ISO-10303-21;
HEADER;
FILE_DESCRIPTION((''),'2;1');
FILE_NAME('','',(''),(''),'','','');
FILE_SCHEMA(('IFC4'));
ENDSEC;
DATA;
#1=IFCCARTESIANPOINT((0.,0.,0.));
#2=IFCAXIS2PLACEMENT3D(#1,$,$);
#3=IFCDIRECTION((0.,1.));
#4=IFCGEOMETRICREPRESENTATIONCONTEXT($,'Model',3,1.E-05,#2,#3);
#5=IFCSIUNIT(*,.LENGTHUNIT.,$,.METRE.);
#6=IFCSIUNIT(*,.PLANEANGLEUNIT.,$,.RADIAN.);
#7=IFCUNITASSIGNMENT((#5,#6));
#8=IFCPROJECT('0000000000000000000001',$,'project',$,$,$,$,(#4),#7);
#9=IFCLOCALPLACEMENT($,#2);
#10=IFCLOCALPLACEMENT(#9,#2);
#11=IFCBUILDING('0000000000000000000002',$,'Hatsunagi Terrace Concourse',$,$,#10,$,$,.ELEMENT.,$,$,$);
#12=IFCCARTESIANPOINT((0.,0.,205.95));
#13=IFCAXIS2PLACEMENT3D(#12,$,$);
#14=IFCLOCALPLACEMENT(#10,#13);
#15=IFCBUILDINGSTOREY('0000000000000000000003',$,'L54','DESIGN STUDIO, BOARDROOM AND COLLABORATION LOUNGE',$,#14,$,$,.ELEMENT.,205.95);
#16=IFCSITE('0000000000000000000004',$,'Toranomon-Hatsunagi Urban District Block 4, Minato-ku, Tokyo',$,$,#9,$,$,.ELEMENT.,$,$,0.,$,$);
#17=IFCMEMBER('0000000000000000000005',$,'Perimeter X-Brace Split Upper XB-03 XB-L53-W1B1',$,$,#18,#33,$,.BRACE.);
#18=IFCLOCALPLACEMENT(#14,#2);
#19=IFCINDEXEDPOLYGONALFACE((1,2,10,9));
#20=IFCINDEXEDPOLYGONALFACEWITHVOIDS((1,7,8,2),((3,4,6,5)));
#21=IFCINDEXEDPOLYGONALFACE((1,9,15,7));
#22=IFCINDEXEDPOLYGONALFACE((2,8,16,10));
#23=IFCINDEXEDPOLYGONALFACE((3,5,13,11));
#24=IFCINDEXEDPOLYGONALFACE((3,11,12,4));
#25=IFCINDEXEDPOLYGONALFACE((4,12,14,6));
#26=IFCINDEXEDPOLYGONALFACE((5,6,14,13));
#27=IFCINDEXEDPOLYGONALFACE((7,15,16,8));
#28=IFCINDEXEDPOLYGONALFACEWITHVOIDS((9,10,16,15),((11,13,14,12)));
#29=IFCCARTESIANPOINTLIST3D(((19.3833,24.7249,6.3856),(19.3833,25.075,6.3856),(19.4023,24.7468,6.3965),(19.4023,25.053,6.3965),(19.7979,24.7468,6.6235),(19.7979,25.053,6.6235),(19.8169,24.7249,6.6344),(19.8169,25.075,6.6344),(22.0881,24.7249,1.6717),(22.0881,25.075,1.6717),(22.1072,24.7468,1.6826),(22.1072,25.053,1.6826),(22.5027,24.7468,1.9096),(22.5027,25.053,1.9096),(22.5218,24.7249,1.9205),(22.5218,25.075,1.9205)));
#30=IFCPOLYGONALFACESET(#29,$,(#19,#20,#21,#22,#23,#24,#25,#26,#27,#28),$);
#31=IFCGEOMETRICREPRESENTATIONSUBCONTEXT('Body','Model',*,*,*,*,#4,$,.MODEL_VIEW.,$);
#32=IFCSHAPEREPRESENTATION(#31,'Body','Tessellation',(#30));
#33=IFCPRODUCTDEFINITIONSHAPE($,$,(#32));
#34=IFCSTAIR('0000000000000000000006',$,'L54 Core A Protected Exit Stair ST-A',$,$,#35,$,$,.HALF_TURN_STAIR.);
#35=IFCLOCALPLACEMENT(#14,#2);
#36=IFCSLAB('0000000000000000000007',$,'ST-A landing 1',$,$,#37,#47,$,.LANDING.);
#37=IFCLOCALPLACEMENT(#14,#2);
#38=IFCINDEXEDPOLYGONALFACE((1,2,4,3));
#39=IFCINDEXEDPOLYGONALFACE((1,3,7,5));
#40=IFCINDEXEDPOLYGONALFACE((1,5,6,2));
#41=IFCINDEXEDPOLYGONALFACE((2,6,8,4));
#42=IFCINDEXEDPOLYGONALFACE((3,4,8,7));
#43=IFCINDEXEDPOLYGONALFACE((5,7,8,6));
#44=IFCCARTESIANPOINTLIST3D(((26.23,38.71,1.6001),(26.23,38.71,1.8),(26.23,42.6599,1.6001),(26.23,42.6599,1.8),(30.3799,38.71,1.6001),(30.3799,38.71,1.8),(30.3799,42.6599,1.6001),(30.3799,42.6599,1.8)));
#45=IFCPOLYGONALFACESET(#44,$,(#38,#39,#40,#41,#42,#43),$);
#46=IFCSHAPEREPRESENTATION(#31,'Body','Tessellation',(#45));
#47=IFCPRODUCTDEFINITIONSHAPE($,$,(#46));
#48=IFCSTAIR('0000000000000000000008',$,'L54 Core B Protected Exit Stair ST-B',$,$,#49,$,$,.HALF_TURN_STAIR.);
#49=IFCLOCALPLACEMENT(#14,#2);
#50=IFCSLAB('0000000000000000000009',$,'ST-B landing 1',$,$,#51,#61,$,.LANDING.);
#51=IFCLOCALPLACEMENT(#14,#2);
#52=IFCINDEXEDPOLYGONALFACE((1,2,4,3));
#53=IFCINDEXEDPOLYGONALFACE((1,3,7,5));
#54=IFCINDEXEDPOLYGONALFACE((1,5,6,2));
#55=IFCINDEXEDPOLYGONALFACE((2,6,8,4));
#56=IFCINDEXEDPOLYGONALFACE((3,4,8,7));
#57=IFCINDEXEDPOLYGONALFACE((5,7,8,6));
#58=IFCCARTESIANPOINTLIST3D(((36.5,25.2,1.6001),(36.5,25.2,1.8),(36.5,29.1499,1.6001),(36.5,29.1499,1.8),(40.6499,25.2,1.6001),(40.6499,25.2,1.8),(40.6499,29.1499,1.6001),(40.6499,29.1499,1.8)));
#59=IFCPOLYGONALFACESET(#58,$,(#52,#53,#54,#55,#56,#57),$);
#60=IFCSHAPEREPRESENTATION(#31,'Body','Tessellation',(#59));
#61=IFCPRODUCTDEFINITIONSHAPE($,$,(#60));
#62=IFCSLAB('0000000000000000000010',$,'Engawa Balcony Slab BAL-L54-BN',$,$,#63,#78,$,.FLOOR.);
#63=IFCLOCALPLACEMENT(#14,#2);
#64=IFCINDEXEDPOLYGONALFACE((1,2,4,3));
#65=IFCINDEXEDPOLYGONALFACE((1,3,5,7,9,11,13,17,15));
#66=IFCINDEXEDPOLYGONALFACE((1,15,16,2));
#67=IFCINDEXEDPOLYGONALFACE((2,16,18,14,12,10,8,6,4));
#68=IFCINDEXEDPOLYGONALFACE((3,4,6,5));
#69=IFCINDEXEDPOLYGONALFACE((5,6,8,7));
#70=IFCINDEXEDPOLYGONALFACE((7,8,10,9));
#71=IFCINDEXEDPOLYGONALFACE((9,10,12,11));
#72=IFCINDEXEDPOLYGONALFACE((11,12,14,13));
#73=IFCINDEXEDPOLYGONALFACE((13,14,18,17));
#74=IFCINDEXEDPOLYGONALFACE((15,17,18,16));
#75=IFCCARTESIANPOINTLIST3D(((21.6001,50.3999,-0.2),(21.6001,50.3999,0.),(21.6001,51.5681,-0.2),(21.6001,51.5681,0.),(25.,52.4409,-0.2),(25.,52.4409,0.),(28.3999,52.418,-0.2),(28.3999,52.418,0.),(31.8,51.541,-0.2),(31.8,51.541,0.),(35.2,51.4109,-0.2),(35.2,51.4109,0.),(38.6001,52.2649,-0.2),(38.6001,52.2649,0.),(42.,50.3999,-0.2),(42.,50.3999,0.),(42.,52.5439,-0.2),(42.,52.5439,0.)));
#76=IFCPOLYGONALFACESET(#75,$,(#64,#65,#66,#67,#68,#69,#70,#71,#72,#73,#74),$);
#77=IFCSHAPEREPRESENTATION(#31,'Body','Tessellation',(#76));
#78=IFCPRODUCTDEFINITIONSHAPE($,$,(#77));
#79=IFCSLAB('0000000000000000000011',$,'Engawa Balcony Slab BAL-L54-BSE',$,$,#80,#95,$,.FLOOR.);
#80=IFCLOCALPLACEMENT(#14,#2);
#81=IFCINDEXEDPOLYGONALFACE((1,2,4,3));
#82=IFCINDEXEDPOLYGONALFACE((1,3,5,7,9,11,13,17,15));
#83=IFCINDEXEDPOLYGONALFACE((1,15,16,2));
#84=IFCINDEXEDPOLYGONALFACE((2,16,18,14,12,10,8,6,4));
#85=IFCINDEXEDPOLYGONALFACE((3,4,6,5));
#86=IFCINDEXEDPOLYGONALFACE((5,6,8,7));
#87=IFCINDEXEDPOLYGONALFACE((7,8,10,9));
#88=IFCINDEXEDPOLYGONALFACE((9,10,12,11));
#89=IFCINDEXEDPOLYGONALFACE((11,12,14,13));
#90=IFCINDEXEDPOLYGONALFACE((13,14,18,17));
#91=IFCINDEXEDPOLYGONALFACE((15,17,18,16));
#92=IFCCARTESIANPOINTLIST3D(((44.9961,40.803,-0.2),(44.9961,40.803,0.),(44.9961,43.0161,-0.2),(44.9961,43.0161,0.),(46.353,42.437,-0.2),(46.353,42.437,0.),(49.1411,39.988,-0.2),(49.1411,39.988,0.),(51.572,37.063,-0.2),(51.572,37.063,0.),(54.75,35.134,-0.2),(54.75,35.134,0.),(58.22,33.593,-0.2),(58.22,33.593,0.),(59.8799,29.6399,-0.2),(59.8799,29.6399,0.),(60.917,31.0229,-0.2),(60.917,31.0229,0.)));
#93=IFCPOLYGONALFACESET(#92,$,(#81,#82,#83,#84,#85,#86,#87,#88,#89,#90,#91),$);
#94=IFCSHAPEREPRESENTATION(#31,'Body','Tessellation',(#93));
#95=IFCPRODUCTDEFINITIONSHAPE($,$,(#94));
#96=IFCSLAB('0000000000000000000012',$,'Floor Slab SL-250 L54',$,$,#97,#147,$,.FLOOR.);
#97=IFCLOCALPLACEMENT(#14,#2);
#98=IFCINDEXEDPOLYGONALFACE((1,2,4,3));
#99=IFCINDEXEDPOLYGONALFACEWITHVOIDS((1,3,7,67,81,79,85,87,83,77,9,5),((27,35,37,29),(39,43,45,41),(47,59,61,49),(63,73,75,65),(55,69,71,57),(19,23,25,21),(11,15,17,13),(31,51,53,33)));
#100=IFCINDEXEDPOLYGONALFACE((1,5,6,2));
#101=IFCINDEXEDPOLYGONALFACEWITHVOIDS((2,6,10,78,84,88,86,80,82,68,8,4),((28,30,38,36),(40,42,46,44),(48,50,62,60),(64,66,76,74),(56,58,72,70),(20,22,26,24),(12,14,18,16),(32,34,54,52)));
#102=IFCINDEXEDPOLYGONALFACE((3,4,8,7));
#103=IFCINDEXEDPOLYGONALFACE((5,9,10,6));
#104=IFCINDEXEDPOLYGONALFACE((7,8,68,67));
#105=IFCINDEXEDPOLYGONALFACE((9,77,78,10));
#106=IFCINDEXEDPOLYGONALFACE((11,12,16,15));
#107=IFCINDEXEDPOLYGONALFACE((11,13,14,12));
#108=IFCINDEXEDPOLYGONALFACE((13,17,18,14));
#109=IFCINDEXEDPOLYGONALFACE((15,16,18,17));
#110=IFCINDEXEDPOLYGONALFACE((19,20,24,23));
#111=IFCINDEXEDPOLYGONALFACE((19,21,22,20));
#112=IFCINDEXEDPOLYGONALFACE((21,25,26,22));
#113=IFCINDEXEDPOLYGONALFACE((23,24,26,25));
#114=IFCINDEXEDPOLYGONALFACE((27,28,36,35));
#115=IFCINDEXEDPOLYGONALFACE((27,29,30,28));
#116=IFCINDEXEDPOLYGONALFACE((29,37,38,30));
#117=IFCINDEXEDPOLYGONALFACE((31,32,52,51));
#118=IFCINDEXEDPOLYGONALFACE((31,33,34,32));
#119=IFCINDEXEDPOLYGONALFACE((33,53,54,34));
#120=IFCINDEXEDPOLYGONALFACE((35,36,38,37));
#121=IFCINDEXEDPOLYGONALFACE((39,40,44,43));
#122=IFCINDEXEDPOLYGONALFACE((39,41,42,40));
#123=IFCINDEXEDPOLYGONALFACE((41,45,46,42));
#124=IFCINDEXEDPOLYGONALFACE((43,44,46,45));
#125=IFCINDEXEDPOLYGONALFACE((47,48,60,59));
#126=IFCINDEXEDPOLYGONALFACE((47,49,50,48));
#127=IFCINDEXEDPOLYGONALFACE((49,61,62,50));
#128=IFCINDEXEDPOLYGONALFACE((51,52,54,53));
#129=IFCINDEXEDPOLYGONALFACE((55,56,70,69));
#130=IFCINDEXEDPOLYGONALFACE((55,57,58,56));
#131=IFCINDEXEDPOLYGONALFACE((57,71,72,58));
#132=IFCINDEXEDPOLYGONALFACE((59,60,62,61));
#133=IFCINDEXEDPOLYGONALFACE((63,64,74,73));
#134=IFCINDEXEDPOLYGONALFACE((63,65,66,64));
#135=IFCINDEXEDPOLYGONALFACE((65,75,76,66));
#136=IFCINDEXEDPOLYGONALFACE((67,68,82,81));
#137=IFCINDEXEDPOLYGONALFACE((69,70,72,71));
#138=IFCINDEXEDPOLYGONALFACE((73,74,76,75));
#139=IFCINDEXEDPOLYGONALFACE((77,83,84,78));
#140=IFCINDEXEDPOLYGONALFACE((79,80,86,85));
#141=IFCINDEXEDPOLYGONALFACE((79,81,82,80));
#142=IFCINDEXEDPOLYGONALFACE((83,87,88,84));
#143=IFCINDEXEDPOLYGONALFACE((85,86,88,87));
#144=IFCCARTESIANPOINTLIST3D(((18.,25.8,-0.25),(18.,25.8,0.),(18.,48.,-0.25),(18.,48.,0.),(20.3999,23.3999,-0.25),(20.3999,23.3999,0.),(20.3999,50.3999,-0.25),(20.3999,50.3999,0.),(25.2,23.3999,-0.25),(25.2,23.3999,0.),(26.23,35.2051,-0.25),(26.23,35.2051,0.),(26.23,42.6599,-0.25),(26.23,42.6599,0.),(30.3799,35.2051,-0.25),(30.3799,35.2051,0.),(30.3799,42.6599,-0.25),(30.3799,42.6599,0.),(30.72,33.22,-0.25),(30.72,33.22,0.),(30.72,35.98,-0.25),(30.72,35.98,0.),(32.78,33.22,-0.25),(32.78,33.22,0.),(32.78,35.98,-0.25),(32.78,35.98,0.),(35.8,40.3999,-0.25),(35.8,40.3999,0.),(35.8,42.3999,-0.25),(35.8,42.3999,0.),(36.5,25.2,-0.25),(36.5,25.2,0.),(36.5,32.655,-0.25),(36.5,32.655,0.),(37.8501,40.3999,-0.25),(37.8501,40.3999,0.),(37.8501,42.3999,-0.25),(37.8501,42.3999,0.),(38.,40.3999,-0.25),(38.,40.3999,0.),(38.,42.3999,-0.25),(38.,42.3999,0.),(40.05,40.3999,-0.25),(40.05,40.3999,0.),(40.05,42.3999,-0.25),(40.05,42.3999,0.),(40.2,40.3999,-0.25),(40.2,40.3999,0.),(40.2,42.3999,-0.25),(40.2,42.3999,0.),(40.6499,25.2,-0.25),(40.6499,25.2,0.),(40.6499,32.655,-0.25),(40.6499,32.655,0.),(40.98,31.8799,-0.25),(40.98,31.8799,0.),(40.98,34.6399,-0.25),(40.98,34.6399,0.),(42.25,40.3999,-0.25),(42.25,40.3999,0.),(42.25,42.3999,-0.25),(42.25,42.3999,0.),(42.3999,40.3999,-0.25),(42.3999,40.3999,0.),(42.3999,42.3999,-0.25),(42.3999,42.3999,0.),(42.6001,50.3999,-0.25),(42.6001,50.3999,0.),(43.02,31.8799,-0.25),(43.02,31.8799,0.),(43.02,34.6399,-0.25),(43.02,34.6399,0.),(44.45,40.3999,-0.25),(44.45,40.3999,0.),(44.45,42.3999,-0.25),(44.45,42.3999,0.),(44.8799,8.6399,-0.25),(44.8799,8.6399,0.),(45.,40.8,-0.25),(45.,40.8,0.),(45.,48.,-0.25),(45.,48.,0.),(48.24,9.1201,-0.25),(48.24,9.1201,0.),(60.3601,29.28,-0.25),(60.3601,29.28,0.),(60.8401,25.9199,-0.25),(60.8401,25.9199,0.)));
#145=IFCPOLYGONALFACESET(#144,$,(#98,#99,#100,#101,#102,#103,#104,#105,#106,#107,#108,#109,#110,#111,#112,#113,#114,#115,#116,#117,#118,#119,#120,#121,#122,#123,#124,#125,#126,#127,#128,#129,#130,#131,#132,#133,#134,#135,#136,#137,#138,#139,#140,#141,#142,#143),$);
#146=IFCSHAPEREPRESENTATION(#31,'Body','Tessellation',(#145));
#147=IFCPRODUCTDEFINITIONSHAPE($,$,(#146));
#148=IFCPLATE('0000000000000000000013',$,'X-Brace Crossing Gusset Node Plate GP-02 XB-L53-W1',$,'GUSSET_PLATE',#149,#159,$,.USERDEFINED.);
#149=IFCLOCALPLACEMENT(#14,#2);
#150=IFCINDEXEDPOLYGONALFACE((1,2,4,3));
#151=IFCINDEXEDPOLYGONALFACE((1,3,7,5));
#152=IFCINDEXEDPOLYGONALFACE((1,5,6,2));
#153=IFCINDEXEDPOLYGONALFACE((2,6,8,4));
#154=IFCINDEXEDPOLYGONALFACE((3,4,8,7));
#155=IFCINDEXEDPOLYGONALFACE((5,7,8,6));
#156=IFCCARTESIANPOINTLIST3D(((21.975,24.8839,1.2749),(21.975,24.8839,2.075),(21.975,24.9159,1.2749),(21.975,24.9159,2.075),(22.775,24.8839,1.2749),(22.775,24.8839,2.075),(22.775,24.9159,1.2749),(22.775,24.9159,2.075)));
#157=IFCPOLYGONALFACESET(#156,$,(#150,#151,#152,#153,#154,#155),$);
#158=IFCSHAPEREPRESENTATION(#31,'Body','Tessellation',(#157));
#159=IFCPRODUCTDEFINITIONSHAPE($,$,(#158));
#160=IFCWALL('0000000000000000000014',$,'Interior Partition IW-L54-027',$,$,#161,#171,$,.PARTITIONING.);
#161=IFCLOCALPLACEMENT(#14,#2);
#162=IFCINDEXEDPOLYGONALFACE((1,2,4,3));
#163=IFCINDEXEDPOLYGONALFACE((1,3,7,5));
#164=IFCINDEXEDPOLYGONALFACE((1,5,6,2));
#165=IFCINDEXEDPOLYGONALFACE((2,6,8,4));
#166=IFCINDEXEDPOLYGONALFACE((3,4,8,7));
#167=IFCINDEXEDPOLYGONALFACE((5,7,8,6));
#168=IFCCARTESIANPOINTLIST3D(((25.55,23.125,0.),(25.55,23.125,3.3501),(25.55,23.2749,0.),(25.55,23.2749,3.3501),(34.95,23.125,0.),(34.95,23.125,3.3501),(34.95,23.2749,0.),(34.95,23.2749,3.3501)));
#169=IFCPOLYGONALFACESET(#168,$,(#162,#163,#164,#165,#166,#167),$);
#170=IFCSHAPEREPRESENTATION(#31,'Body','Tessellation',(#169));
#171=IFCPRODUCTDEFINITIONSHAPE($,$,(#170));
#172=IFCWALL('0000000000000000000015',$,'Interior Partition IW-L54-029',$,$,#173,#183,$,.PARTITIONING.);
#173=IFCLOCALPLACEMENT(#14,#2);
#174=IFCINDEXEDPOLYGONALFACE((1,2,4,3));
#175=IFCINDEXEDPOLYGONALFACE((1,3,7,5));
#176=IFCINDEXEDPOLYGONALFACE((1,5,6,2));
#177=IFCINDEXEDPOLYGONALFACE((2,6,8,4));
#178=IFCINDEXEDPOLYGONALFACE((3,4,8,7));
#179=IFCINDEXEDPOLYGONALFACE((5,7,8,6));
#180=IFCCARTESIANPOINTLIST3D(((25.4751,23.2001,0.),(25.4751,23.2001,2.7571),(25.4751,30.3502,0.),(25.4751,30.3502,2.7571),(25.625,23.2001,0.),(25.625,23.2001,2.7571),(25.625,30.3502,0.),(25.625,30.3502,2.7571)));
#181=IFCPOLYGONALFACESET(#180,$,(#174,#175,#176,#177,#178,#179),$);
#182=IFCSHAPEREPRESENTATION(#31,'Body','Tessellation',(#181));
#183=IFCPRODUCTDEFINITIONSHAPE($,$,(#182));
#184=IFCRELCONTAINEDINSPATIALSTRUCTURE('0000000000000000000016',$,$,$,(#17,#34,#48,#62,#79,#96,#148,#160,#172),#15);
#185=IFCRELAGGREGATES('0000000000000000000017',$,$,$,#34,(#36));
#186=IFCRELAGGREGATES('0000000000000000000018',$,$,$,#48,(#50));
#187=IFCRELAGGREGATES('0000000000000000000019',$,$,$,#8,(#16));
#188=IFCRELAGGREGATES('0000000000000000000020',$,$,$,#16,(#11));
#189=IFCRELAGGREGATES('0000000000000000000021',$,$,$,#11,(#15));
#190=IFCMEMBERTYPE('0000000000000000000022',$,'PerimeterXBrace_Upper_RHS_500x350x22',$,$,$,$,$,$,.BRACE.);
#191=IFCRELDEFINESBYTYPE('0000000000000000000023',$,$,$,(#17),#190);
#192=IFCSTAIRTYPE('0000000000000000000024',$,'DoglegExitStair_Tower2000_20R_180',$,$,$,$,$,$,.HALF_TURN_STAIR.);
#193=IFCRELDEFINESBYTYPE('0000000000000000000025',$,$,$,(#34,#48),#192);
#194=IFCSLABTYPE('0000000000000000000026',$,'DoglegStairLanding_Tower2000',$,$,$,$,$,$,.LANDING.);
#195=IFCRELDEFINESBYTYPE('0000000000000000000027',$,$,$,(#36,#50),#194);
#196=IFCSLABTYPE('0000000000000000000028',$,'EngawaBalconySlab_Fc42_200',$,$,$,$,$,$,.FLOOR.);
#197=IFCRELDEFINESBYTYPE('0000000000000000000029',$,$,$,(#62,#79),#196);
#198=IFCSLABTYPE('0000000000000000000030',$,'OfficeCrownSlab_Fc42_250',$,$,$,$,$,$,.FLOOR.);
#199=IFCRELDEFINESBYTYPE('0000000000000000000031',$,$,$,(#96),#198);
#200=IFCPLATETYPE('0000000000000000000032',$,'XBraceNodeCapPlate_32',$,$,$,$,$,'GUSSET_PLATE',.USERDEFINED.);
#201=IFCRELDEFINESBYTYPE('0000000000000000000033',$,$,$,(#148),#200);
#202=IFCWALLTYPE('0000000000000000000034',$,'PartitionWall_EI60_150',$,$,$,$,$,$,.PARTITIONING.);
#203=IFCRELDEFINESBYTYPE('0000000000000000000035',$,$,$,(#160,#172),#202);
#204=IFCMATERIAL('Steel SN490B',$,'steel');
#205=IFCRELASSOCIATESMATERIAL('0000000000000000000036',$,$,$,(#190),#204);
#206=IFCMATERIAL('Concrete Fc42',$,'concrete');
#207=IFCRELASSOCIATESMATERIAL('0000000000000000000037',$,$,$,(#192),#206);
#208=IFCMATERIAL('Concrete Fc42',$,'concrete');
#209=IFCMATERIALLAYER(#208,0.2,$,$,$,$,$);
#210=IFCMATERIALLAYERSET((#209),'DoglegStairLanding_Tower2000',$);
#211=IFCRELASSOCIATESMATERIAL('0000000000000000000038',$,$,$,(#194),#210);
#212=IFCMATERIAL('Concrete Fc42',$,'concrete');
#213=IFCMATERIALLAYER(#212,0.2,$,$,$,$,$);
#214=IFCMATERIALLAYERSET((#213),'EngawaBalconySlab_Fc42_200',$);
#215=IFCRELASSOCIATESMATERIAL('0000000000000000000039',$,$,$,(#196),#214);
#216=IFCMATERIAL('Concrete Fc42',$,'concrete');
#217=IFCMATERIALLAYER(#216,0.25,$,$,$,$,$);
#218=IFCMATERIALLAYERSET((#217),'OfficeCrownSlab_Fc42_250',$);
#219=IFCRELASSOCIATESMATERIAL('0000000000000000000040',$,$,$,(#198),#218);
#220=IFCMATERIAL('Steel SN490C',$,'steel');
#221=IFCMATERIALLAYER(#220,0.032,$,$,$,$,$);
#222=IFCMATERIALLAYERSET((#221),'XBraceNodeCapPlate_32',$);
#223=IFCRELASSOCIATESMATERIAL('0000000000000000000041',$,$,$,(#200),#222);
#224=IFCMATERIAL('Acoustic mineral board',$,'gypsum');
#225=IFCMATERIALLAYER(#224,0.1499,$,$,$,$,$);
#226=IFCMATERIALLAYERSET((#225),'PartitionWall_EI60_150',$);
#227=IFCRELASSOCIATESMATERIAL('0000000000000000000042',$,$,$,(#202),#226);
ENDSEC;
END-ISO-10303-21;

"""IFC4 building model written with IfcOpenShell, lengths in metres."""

from ifc_helpers import new_model, si_unit, direction, frame, frame_2d, origin, origin_2d, place, context, subcontext, project, spatial, polyline, rectangle, hollow_rectangle, outline, extrude, material, layer, layer_set, material_profile, profile_set, type_object, element, aggregate, save


model = new_model("IFC4")

# Units and contexts
model_context = context("Model", 3, precision=1e-05, world=origin(), true_north=direction((0.0, 1.0)))
body_context = subcontext(model_context, "Body", "Model", "MODEL_VIEW")
ifc_project = project(units=[si_unit("LENGTHUNIT", "METRE"), si_unit("PLANEANGLEUNIT", "RADIAN")], contexts=[model_context])

# Site, building, storey
site_placement = place(None, origin())
site = spatial("IfcSite", under=ifc_project, at=site_placement, Name="Toranomon-Hatsunagi Urban District Block 4, Minato-ku, Tokyo", CompositionType="ELEMENT", RefElevation=0.0)
building_placement = place(site_placement, origin())
building = spatial("IfcBuilding", under=site, at=building_placement, Name="Hatsunagi Terrace Concourse", CompositionType="ELEMENT")
storey_placement = place(building_placement, frame((0.0, 0.0, 205.95)))
storey = spatial("IfcBuildingStorey", under=building, at=storey_placement, Name="L54", Description="DESIGN STUDIO, BOARDROOM AND COLLABORATION LOUNGE", CompositionType="ELEMENT", Elevation=205.95)

# Member
ifc_material_1 = material(Name="Steel SN490B", Category="steel")
ifc_material_profile_1 = material_profile(ifc_material_1, hollow_rectangle(XDim=0.3501, YDim=0.5, WallThickness=0.022, at=origin_2d()), Name="RHS-500x350x22")
ifc_profile_set_1 = profile_set([ifc_material_profile_1], Name="Steel SN490B")
member_type = type_object("IfcMemberType", Name="PerimeterXBrace_Upper_RHS_500x350x22", PredefinedType="BRACE", material=ifc_profile_set_1)
member_placement = place(storey_placement, frame((19.6001, 24.8999, 6.51), z_axis=(0.497691, 0.0, -0.867354), x_axis=(0.0, 1.0, 0.0)))
element("IfcMember", 1, at=member_placement, inside=storey, type_object=member_type, Name="Perimeter X-Brace Split Upper XB-03 XB-L53-W1B1", PredefinedType="BRACE", context=body_context, shape_type="SweptSolid", body=[
    extrude(hollow_rectangle(XDim=0.3501, YDim=0.5, WallThickness=0.022, at=origin_2d()), origin(), (0.0, 0.0, 1.0), 5.4348),
])

# Stairs, slabs
ifc_material_2 = material(Name="Concrete Fc42", Category="concrete")
stair_type = type_object("IfcStairType", Name="DoglegExitStair_Tower2000_20R_180", PredefinedType="HALF_TURN_STAIR", material=ifc_material_2)
stair_1_placement = place(storey_placement, origin())
stair_1 = element("IfcStair", 2, at=stair_1_placement, inside=storey, type_object=stair_type, Name="L54 Core A Protected Exit Stair ST-A", PredefinedType="HALF_TURN_STAIR")
ifc_material_3 = material(Name="Concrete Fc42", Category="concrete")
ifc_layer_1 = layer(ifc_material_3, 0.2)
ifc_layer_set_1 = layer_set([ifc_layer_1], Name="DoglegStairLanding_Tower2000")
slab_type_1 = type_object("IfcSlabType", Name="DoglegStairLanding_Tower2000", PredefinedType="LANDING", material=ifc_layer_set_1)
slab_1_placement = place(storey_placement, frame((0.0, 0.0, 1.6001)))
slab_1 = element("IfcSlab", 3, at=slab_1_placement, type_object=slab_type_1, Name="ST-A landing 1", PredefinedType="LANDING", context=body_context, shape_type="SweptSolid", body=[
    extrude(outline(polyline([(30.3799, 38.71), (30.3799, 42.6599), (26.23, 42.6599), (26.23, 38.71), (30.3799, 38.71)])), origin(), (0.0, 0.0, 1.0), 0.2),
])
aggregate(stair_1, [slab_1])
stair_2_placement = place(storey_placement, origin())
stair_2 = element("IfcStair", 4, at=stair_2_placement, inside=storey, type_object=stair_type, Name="L54 Core B Protected Exit Stair ST-B", PredefinedType="HALF_TURN_STAIR")
slab_2_placement = place(storey_placement, frame((0.0, 0.0, 1.6001)))
slab_2 = element("IfcSlab", 5, at=slab_2_placement, type_object=slab_type_1, Name="ST-B landing 1", PredefinedType="LANDING", context=body_context, shape_type="SweptSolid", body=[
    extrude(outline(polyline([(36.5, 29.1499), (36.5, 25.2), (40.6499, 25.2), (40.6499, 29.1499), (36.5, 29.1499)])), origin(), (0.0, 0.0, 1.0), 0.2),
])
aggregate(stair_2, [slab_2])

# Slabs
ifc_material_4 = material(Name="Concrete Fc42", Category="concrete")
ifc_layer_2 = layer(ifc_material_4, 0.2)
ifc_layer_set_2 = layer_set([ifc_layer_2], Name="EngawaBalconySlab_Fc42_200")
slab_type_2 = type_object("IfcSlabType", Name="EngawaBalconySlab_Fc42_200", PredefinedType="FLOOR", material=ifc_layer_set_2)
slab_3_placement = place(storey_placement, frame((0.0, 0.0, -0.2)))
element("IfcSlab", 6, at=slab_3_placement, inside=storey, type_object=slab_type_2, Name="Engawa Balcony Slab BAL-L54-BN", PredefinedType="FLOOR", context=body_context, shape_type="SweptSolid", body=[
    extrude(outline(polyline([(21.6001, 51.5681), (21.6001, 50.3999), (42.0, 50.3999), (42.0, 52.5439), (38.6001, 52.2649), (35.2, 51.4109), (31.8, 51.541), (28.3999, 52.418), (25.0, 52.4409), (21.6001, 51.5681)])), origin(), (0.0, 0.0, 1.0), 0.2),
])
slab_4_placement = place(storey_placement, frame((0.0, 0.0, -0.2)))
element("IfcSlab", 7, at=slab_4_placement, inside=storey, type_object=slab_type_2, Name="Engawa Balcony Slab BAL-L54-BSE", PredefinedType="FLOOR", context=body_context, shape_type="SweptSolid", body=[
    extrude(outline(polyline([(46.353, 42.437), (44.9961, 43.0161), (44.9961, 40.803), (59.8799, 29.6399), (60.917, 31.0229), (58.22, 33.593), (54.75, 35.134), (51.572, 37.063), (49.1411, 39.988), (46.353, 42.437)])), origin(), (0.0, 0.0, 1.0), 0.2),
])
ifc_material_5 = material(Name="Concrete Fc42", Category="concrete")
ifc_layer_3 = layer(ifc_material_5, 0.25)
ifc_layer_set_3 = layer_set([ifc_layer_3], Name="OfficeCrownSlab_Fc42_250")
slab_type_3 = type_object("IfcSlabType", Name="OfficeCrownSlab_Fc42_250", PredefinedType="FLOOR", material=ifc_layer_set_3)
slab_5_placement = place(storey_placement, frame((0.0, 0.0, -0.25)))
element("IfcSlab", 8, at=slab_5_placement, inside=storey, type_object=slab_type_3, Name="Floor Slab SL-250 L54", PredefinedType="FLOOR", context=body_context, shape_type="SweptSolid", body=[
    extrude(outline(polyline([(45.0, 40.8), (45.0, 48.0), (42.6001, 50.3999), (20.3999, 50.3999), (18.0, 48.0), (18.0, 25.8), (20.3999, 23.3999), (25.2, 23.3999), (44.8799, 8.6399), (48.24, 9.1201), (60.8401, 25.9199), (60.3601, 29.28), (45.0, 40.8)]), holes=[polyline([(26.23, 35.2051), (30.3799, 35.2051), (30.3799, 42.6599), (26.23, 42.6599), (26.23, 35.2051)]), polyline([(36.5, 25.2), (40.6499, 25.2), (40.6499, 32.655), (36.5, 32.655), (36.5, 25.2)]), polyline([(30.72, 33.22), (32.78, 33.22), (32.78, 35.98), (30.72, 35.98), (30.72, 33.22)]), polyline([(40.98, 31.8799), (43.02, 31.8799), (43.02, 34.6399), (40.98, 34.6399), (40.98, 31.8799)]), polyline([(35.8, 40.3999), (37.8501, 40.3999), (37.8501, 42.3999), (35.8, 42.3999), (35.8, 40.3999)]), polyline([(38.0, 40.3999), (40.05, 40.3999), (40.05, 42.3999), (38.0, 42.3999), (38.0, 40.3999)]), polyline([(40.2, 40.3999), (42.25, 40.3999), (42.25, 42.3999), (40.2, 42.3999), (40.2, 40.3999)]), polyline([(42.3999, 40.3999), (44.45, 40.3999), (44.45, 42.3999), (42.3999, 42.3999), (42.3999, 40.3999)])]), origin(), (0.0, 0.0, 1.0), 0.25),
])

# Plate
ifc_material_6 = material(Name="Steel SN490C", Category="steel")
ifc_layer_4 = layer(ifc_material_6, 0.032)
ifc_layer_set_4 = layer_set([ifc_layer_4], Name="XBraceNodeCapPlate_32")
plate_type = type_object("IfcPlateType", Name="XBraceNodeCapPlate_32", ElementType="GUSSET_PLATE", PredefinedType="USERDEFINED", material=ifc_layer_set_4)
plate_placement = place(storey_placement, frame((22.375, 24.8999, 1.2749), z_axis=(0.0, 0.0, 1.0), x_axis=(1.0, 0.0, 0.0)))
element("IfcPlate", 9, at=plate_placement, inside=storey, type_object=plate_type, Name="X-Brace Crossing Gusset Node Plate GP-02 XB-L53-W1", ObjectType="GUSSET_PLATE", PredefinedType="USERDEFINED", context=body_context, shape_type="SweptSolid", body=[
    extrude(rectangle(XDim=0.8, YDim=0.032, at=origin_2d()), origin(), (0.0, 0.0, 1.0), 0.8),
])

# Walls
ifc_material_7 = material(Name="Acoustic mineral board", Category="gypsum")
ifc_layer_5 = layer(ifc_material_7, 0.1499)
ifc_layer_set_5 = layer_set([ifc_layer_5], Name="PartitionWall_EI60_150")
wall_type_1 = type_object("IfcWallType", Name="PartitionWall_EI60_150", PredefinedType="PARTITIONING", material=ifc_layer_set_5)
wall_1_placement = place(storey_placement, frame((25.55, 23.2, 0.0), z_axis=(0.0, 0.0, 1.0), x_axis=(1.0, 0.0, 0.0)))
element("IfcWall", 10, at=wall_1_placement, inside=storey, type_object=wall_type_1, Name="Interior Partition IW-L54-027", PredefinedType="PARTITIONING", context=body_context, shape_type="SweptSolid", body=[
    extrude(rectangle(XDim=9.3999, YDim=0.1499, at=frame_2d((4.7, 0.0))), origin(), (0.0, 0.0, 1.0), 3.3501),
])
wall_2_placement = place(storey_placement, frame((25.55, 23.2, 0.0), z_axis=(0.0, 0.0, 1.0), x_axis=(0.0, 1.0, 0.0)))
element("IfcWall", 11, at=wall_2_placement, inside=storey, type_object=wall_type_1, Name="Interior Partition IW-L54-029", PredefinedType="PARTITIONING", context=body_context, shape_type="SweptSolid", body=[
    extrude(rectangle(XDim=7.1501, YDim=0.1499, at=frame_2d((3.5752, 0.0))), origin(), (0.0, 0.0, 1.0), 2.7571),
])

save(model, "model.ifc")
